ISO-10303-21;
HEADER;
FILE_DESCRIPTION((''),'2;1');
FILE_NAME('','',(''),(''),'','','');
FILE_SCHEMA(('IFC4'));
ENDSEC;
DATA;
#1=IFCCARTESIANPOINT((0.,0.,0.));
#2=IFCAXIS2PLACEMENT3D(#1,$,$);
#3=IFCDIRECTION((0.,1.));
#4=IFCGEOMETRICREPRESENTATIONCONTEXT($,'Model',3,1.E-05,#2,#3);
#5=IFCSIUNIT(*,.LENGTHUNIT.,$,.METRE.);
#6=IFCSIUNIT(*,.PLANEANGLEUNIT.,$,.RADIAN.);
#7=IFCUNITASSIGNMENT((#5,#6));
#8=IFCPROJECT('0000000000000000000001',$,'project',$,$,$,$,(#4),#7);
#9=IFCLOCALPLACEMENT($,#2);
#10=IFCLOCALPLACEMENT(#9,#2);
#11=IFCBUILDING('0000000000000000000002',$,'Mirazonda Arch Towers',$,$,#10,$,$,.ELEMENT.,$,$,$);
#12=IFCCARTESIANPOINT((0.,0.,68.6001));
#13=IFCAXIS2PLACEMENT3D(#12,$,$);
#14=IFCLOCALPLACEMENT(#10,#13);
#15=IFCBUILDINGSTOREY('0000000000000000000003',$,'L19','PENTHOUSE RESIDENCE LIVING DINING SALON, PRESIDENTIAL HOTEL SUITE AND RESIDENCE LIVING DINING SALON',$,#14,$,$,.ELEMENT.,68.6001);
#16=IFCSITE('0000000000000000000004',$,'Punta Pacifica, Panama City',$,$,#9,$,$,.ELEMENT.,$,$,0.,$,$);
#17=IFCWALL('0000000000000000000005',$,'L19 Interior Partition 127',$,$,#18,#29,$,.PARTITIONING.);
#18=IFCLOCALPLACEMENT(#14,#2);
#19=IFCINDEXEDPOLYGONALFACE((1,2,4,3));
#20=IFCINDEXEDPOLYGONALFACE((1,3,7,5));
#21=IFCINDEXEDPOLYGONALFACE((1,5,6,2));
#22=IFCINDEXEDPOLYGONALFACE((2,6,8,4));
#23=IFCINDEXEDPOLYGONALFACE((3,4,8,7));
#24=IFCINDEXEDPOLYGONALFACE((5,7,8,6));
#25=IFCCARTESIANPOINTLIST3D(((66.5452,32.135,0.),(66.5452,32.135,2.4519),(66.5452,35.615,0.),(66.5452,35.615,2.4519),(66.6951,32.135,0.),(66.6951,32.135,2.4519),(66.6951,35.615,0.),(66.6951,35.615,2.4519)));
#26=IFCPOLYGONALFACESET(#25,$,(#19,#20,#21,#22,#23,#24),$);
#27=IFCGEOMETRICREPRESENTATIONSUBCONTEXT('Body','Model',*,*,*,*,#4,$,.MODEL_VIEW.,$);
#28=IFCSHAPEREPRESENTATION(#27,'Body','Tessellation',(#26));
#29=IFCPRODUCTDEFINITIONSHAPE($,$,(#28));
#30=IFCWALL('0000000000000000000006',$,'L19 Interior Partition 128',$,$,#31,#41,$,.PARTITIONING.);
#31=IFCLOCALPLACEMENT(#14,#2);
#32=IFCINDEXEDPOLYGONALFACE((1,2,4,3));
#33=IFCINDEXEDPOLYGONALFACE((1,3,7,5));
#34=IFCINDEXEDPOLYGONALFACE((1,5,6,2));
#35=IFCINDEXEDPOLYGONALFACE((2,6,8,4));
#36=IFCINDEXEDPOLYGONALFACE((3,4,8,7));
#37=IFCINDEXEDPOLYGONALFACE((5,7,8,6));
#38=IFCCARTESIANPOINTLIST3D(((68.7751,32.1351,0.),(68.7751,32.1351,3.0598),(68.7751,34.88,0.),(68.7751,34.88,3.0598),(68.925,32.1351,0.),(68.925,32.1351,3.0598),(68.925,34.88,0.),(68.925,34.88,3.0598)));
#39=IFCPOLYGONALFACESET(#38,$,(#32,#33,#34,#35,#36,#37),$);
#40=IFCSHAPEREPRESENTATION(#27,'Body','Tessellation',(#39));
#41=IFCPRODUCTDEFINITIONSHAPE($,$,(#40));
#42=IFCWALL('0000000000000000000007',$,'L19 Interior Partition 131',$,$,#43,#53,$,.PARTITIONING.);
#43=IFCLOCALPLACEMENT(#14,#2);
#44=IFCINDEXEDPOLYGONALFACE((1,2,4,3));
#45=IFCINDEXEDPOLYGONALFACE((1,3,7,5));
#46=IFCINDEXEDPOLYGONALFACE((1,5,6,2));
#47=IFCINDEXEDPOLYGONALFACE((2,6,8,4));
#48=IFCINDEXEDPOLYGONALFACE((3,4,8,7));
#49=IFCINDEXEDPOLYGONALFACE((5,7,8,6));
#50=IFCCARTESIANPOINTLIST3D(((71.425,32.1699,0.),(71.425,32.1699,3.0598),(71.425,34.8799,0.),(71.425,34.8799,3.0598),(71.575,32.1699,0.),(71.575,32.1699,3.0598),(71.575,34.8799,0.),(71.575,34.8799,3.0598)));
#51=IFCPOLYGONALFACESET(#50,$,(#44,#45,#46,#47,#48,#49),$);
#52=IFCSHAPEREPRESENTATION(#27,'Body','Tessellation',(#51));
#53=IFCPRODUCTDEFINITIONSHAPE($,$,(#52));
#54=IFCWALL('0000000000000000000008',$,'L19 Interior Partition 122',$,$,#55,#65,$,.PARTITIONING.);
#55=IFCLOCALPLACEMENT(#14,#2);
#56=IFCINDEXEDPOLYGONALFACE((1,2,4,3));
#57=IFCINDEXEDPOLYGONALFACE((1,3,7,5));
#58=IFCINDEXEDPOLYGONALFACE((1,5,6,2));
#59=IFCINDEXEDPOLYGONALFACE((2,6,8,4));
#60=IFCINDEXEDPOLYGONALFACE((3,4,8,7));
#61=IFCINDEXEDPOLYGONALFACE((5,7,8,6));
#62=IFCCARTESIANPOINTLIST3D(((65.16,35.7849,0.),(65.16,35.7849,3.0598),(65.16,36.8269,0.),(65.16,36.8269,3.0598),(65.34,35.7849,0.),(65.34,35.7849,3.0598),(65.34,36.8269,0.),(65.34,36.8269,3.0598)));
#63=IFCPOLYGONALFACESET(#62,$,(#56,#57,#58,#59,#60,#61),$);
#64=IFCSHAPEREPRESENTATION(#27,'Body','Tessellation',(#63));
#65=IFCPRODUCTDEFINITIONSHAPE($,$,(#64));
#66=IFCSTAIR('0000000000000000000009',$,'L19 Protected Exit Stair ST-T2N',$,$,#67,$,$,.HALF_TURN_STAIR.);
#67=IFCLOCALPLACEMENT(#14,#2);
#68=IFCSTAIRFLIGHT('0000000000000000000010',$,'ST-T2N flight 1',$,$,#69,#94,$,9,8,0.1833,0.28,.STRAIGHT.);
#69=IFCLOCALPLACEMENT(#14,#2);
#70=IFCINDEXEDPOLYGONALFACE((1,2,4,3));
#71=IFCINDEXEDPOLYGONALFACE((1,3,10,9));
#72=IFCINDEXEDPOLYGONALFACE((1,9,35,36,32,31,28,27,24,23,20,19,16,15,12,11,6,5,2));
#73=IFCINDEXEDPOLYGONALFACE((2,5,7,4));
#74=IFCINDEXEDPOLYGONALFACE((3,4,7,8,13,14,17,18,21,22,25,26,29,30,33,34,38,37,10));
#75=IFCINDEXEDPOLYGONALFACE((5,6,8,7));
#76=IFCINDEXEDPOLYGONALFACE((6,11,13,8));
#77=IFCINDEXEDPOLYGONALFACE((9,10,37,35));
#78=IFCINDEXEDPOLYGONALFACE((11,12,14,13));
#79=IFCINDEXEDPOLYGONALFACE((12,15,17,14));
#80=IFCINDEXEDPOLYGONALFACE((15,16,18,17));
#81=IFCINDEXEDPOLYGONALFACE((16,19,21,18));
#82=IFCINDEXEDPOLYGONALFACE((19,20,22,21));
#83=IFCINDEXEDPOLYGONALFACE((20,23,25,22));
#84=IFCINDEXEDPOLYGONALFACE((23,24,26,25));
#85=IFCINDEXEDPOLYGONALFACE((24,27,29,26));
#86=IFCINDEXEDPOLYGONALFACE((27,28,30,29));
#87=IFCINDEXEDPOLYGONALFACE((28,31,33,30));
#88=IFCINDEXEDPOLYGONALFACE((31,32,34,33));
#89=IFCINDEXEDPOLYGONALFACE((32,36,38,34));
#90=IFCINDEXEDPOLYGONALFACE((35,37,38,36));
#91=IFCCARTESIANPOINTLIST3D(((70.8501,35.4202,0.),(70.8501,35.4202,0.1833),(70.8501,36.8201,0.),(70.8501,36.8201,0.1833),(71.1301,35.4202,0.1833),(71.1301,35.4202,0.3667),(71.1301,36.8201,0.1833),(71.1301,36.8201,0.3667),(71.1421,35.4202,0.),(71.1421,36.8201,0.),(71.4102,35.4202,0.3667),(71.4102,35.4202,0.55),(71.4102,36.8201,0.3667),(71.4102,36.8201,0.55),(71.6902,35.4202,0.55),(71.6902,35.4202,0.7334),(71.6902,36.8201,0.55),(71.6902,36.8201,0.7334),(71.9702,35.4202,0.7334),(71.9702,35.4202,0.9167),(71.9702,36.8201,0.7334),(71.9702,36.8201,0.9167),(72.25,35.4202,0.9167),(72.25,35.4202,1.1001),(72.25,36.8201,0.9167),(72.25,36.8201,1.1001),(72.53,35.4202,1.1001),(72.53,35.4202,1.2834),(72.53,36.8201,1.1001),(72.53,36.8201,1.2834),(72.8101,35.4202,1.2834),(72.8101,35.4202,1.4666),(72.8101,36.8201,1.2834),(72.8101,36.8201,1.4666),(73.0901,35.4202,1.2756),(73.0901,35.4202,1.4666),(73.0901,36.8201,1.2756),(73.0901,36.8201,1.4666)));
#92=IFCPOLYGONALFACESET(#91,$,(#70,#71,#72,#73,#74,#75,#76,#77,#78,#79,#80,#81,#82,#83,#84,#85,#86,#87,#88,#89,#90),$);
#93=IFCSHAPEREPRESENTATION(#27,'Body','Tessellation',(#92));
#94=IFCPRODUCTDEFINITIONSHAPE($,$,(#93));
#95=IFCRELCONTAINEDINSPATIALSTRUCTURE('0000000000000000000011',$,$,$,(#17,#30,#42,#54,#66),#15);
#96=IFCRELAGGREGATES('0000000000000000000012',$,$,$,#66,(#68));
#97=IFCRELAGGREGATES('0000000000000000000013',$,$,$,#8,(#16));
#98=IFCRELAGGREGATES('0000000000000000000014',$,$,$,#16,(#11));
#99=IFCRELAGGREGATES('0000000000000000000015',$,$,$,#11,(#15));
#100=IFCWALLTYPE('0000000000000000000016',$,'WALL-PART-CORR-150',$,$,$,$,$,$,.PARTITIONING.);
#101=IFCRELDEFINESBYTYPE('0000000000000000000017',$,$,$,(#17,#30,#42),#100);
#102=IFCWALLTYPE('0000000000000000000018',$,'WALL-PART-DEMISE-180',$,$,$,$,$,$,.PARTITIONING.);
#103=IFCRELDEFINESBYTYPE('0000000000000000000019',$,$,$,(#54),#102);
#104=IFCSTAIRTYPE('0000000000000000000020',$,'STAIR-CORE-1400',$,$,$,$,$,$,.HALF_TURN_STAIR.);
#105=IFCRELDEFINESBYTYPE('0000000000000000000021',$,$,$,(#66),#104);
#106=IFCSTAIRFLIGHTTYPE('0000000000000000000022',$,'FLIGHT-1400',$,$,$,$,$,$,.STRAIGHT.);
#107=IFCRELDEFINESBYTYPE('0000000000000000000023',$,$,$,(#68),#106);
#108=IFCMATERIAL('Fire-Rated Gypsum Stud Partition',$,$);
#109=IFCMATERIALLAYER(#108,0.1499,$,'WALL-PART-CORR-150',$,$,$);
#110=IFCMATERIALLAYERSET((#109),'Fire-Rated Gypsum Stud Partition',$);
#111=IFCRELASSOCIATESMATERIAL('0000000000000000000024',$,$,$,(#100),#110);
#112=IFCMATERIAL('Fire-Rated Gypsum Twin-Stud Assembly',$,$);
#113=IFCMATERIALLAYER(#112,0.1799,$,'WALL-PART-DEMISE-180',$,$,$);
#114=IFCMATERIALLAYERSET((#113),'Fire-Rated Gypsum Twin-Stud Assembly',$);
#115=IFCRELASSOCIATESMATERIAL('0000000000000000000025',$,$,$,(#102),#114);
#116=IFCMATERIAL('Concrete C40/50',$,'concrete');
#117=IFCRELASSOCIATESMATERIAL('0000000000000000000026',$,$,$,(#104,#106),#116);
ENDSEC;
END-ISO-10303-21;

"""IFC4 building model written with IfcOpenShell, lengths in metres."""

from ifc_helpers import new_model, si_unit, direction, frame, frame_2d, origin, place, context, subcontext, project, spatial, polyline, rectangle, outline, extrude, material, layer, layer_set, type_object, element, aggregate, save


model = new_model("IFC4")

# Units and contexts
model_context = context("Model", 3, precision=1e-05, world=origin(), true_north=direction((0.0, 1.0)))
body_context = subcontext(model_context, "Body", "Model", "MODEL_VIEW")
ifc_project = project(units=[si_unit("LENGTHUNIT", "METRE"), si_unit("PLANEANGLEUNIT", "RADIAN")], contexts=[model_context])

# Site, building, storey
site_placement = place(None, origin())
site = spatial("IfcSite", under=ifc_project, at=site_placement, Name="Punta Pacifica, Panama City", CompositionType="ELEMENT", RefElevation=0.0)
building_placement = place(site_placement, origin())
building = spatial("IfcBuilding", under=site, at=building_placement, Name="Mirazonda Arch Towers", CompositionType="ELEMENT")
storey_placement = place(building_placement, frame((0.0, 0.0, 68.6001)))
storey = spatial("IfcBuildingStorey", under=building, at=storey_placement, Name="L19", Description="PENTHOUSE RESIDENCE LIVING DINING SALON, PRESIDENTIAL HOTEL SUITE AND RESIDENCE LIVING DINING SALON", CompositionType="ELEMENT", Elevation=68.6001)

# Shared definitions
ifc_material_1 = material(Name="Concrete C40/50", Category="concrete")
ifc_material_2 = material(Name="Fire-Rated Gypsum Stud Partition")
ifc_layer_1 = layer(ifc_material_2, 0.1499, Name="WALL-PART-CORR-150")
ifc_layer_set_1 = layer_set([ifc_layer_1], Name="Fire-Rated Gypsum Stud Partition")
wall_type_1 = type_object("IfcWallType", Name="WALL-PART-CORR-150", PredefinedType="PARTITIONING", material=ifc_layer_set_1)

# Walls
wall_1_placement = place(storey_placement, frame((66.6201, 32.135, 0.0), z_axis=(0.0, 0.0, 1.0), x_axis=(0.0, 1.0, 0.0)))
element("IfcWall", 1, at=wall_1_placement, inside=storey, type_object=wall_type_1, Name="L19 Interior Partition 127", PredefinedType="PARTITIONING", context=body_context, shape_type="SweptSolid", body=[
    extrude(rectangle(XDim=3.48, YDim=0.1499, at=frame_2d((1.74, 0.0))), origin(), (0.0, 0.0, 1.0), 2.4519),
])
wall_2_placement = place(storey_placement, frame((68.8501, 32.135, 0.0), z_axis=(0.0, 0.0, 1.0), x_axis=(0.0, 1.0, 0.0)))
element("IfcWall", 2, at=wall_2_placement, inside=storey, type_object=wall_type_1, Name="L19 Interior Partition 128", PredefinedType="PARTITIONING", context=body_context, shape_type="SweptSolid", body=[
    extrude(rectangle(XDim=2.7449, YDim=0.1499, at=frame_2d((1.3726, 0.0))), origin(), (0.0, 0.0, 1.0), 3.0598),
])
wall_3_placement = place(storey_placement, frame((71.5, 32.1699, 0.0), z_axis=(0.0, 0.0, 1.0), x_axis=(0.0, 1.0, 0.0)))
element("IfcWall", 3, at=wall_3_placement, inside=storey, type_object=wall_type_1, Name="L19 Interior Partition 131", PredefinedType="PARTITIONING", context=body_context, shape_type="SweptSolid", body=[
    extrude(rectangle(XDim=2.71, YDim=0.1499, at=frame_2d((1.355, 0.0))), origin(), (0.0, 0.0, 1.0), 3.0598),
])
ifc_material_3 = material(Name="Fire-Rated Gypsum Twin-Stud Assembly")
ifc_layer_2 = layer(ifc_material_3, 0.1799, Name="WALL-PART-DEMISE-180")
ifc_layer_set_2 = layer_set([ifc_layer_2], Name="Fire-Rated Gypsum Twin-Stud Assembly")
wall_type_2 = type_object("IfcWallType", Name="WALL-PART-DEMISE-180", PredefinedType="PARTITIONING", material=ifc_layer_set_2)
wall_4_placement = place(storey_placement, frame((65.25, 35.7849, 0.0), z_axis=(0.0, 0.0, 1.0), x_axis=(0.0, 1.0, 0.0)))
element("IfcWall", 4, at=wall_4_placement, inside=storey, type_object=wall_type_2, Name="L19 Interior Partition 122", PredefinedType="PARTITIONING", context=body_context, shape_type="SweptSolid", body=[
    extrude(rectangle(XDim=1.042, YDim=0.1799, at=frame_2d((0.521, 0.0))), origin(), (0.0, 0.0, 1.0), 3.0598),
])

# Stair, stair flight
stair_type = type_object("IfcStairType", Name="STAIR-CORE-1400", PredefinedType="HALF_TURN_STAIR", material=ifc_material_1)
stair_placement = place(storey_placement, origin())
stair = element("IfcStair", 5, at=stair_placement, inside=storey, type_object=stair_type, Name="L19 Protected Exit Stair ST-T2N", PredefinedType="HALF_TURN_STAIR")
stair_flight_type = type_object("IfcStairFlightType", Name="FLIGHT-1400", PredefinedType="STRAIGHT", material=ifc_material_1)
stair_flight_placement = place(storey_placement, frame((70.8501, 36.1201, 0.0), z_axis=(0.0, 0.0, 1.0), x_axis=(1.0, 0.0, 0.0)))
stair_flight = element("IfcStairFlight", 6, at=stair_flight_placement, type_object=stair_flight_type, Name="ST-T2N flight 1", NumberOfRisers=9, NumberOfTreads=8, PredefinedType="STRAIGHT", RiserHeight=0.1833, TreadLength=0.28, context=body_context, shape_type="SweptSolid", body=[
    extrude(outline(polyline([(0.0, 0.0), (0.0, 0.1833), (0.28, 0.1833), (0.28, 0.3667), (0.5601, 0.3667), (0.5601, 0.55), (0.8401, 0.55), (0.8401, 0.7334), (1.1201, 0.7334), (1.1201, 0.9167), (1.3999, 0.9167), (1.3999, 1.1001), (1.6799, 1.1001), (1.6799, 1.2834), (1.96, 1.2834), (1.96, 1.4666), (2.24, 1.4666), (2.24, 1.6499), (2.24, 1.2756), (0.292, 0.0), (0.0, 0.0)])), frame((0.0, 0.7, 0.0), z_axis=(0.0, -1.0, 0.0), x_axis=(1.0, 0.0, 0.0)), (0.0, 0.0, 1.0), 1.3999),
])
aggregate(stair, [stair_flight])

save(model, "model.ifc")
